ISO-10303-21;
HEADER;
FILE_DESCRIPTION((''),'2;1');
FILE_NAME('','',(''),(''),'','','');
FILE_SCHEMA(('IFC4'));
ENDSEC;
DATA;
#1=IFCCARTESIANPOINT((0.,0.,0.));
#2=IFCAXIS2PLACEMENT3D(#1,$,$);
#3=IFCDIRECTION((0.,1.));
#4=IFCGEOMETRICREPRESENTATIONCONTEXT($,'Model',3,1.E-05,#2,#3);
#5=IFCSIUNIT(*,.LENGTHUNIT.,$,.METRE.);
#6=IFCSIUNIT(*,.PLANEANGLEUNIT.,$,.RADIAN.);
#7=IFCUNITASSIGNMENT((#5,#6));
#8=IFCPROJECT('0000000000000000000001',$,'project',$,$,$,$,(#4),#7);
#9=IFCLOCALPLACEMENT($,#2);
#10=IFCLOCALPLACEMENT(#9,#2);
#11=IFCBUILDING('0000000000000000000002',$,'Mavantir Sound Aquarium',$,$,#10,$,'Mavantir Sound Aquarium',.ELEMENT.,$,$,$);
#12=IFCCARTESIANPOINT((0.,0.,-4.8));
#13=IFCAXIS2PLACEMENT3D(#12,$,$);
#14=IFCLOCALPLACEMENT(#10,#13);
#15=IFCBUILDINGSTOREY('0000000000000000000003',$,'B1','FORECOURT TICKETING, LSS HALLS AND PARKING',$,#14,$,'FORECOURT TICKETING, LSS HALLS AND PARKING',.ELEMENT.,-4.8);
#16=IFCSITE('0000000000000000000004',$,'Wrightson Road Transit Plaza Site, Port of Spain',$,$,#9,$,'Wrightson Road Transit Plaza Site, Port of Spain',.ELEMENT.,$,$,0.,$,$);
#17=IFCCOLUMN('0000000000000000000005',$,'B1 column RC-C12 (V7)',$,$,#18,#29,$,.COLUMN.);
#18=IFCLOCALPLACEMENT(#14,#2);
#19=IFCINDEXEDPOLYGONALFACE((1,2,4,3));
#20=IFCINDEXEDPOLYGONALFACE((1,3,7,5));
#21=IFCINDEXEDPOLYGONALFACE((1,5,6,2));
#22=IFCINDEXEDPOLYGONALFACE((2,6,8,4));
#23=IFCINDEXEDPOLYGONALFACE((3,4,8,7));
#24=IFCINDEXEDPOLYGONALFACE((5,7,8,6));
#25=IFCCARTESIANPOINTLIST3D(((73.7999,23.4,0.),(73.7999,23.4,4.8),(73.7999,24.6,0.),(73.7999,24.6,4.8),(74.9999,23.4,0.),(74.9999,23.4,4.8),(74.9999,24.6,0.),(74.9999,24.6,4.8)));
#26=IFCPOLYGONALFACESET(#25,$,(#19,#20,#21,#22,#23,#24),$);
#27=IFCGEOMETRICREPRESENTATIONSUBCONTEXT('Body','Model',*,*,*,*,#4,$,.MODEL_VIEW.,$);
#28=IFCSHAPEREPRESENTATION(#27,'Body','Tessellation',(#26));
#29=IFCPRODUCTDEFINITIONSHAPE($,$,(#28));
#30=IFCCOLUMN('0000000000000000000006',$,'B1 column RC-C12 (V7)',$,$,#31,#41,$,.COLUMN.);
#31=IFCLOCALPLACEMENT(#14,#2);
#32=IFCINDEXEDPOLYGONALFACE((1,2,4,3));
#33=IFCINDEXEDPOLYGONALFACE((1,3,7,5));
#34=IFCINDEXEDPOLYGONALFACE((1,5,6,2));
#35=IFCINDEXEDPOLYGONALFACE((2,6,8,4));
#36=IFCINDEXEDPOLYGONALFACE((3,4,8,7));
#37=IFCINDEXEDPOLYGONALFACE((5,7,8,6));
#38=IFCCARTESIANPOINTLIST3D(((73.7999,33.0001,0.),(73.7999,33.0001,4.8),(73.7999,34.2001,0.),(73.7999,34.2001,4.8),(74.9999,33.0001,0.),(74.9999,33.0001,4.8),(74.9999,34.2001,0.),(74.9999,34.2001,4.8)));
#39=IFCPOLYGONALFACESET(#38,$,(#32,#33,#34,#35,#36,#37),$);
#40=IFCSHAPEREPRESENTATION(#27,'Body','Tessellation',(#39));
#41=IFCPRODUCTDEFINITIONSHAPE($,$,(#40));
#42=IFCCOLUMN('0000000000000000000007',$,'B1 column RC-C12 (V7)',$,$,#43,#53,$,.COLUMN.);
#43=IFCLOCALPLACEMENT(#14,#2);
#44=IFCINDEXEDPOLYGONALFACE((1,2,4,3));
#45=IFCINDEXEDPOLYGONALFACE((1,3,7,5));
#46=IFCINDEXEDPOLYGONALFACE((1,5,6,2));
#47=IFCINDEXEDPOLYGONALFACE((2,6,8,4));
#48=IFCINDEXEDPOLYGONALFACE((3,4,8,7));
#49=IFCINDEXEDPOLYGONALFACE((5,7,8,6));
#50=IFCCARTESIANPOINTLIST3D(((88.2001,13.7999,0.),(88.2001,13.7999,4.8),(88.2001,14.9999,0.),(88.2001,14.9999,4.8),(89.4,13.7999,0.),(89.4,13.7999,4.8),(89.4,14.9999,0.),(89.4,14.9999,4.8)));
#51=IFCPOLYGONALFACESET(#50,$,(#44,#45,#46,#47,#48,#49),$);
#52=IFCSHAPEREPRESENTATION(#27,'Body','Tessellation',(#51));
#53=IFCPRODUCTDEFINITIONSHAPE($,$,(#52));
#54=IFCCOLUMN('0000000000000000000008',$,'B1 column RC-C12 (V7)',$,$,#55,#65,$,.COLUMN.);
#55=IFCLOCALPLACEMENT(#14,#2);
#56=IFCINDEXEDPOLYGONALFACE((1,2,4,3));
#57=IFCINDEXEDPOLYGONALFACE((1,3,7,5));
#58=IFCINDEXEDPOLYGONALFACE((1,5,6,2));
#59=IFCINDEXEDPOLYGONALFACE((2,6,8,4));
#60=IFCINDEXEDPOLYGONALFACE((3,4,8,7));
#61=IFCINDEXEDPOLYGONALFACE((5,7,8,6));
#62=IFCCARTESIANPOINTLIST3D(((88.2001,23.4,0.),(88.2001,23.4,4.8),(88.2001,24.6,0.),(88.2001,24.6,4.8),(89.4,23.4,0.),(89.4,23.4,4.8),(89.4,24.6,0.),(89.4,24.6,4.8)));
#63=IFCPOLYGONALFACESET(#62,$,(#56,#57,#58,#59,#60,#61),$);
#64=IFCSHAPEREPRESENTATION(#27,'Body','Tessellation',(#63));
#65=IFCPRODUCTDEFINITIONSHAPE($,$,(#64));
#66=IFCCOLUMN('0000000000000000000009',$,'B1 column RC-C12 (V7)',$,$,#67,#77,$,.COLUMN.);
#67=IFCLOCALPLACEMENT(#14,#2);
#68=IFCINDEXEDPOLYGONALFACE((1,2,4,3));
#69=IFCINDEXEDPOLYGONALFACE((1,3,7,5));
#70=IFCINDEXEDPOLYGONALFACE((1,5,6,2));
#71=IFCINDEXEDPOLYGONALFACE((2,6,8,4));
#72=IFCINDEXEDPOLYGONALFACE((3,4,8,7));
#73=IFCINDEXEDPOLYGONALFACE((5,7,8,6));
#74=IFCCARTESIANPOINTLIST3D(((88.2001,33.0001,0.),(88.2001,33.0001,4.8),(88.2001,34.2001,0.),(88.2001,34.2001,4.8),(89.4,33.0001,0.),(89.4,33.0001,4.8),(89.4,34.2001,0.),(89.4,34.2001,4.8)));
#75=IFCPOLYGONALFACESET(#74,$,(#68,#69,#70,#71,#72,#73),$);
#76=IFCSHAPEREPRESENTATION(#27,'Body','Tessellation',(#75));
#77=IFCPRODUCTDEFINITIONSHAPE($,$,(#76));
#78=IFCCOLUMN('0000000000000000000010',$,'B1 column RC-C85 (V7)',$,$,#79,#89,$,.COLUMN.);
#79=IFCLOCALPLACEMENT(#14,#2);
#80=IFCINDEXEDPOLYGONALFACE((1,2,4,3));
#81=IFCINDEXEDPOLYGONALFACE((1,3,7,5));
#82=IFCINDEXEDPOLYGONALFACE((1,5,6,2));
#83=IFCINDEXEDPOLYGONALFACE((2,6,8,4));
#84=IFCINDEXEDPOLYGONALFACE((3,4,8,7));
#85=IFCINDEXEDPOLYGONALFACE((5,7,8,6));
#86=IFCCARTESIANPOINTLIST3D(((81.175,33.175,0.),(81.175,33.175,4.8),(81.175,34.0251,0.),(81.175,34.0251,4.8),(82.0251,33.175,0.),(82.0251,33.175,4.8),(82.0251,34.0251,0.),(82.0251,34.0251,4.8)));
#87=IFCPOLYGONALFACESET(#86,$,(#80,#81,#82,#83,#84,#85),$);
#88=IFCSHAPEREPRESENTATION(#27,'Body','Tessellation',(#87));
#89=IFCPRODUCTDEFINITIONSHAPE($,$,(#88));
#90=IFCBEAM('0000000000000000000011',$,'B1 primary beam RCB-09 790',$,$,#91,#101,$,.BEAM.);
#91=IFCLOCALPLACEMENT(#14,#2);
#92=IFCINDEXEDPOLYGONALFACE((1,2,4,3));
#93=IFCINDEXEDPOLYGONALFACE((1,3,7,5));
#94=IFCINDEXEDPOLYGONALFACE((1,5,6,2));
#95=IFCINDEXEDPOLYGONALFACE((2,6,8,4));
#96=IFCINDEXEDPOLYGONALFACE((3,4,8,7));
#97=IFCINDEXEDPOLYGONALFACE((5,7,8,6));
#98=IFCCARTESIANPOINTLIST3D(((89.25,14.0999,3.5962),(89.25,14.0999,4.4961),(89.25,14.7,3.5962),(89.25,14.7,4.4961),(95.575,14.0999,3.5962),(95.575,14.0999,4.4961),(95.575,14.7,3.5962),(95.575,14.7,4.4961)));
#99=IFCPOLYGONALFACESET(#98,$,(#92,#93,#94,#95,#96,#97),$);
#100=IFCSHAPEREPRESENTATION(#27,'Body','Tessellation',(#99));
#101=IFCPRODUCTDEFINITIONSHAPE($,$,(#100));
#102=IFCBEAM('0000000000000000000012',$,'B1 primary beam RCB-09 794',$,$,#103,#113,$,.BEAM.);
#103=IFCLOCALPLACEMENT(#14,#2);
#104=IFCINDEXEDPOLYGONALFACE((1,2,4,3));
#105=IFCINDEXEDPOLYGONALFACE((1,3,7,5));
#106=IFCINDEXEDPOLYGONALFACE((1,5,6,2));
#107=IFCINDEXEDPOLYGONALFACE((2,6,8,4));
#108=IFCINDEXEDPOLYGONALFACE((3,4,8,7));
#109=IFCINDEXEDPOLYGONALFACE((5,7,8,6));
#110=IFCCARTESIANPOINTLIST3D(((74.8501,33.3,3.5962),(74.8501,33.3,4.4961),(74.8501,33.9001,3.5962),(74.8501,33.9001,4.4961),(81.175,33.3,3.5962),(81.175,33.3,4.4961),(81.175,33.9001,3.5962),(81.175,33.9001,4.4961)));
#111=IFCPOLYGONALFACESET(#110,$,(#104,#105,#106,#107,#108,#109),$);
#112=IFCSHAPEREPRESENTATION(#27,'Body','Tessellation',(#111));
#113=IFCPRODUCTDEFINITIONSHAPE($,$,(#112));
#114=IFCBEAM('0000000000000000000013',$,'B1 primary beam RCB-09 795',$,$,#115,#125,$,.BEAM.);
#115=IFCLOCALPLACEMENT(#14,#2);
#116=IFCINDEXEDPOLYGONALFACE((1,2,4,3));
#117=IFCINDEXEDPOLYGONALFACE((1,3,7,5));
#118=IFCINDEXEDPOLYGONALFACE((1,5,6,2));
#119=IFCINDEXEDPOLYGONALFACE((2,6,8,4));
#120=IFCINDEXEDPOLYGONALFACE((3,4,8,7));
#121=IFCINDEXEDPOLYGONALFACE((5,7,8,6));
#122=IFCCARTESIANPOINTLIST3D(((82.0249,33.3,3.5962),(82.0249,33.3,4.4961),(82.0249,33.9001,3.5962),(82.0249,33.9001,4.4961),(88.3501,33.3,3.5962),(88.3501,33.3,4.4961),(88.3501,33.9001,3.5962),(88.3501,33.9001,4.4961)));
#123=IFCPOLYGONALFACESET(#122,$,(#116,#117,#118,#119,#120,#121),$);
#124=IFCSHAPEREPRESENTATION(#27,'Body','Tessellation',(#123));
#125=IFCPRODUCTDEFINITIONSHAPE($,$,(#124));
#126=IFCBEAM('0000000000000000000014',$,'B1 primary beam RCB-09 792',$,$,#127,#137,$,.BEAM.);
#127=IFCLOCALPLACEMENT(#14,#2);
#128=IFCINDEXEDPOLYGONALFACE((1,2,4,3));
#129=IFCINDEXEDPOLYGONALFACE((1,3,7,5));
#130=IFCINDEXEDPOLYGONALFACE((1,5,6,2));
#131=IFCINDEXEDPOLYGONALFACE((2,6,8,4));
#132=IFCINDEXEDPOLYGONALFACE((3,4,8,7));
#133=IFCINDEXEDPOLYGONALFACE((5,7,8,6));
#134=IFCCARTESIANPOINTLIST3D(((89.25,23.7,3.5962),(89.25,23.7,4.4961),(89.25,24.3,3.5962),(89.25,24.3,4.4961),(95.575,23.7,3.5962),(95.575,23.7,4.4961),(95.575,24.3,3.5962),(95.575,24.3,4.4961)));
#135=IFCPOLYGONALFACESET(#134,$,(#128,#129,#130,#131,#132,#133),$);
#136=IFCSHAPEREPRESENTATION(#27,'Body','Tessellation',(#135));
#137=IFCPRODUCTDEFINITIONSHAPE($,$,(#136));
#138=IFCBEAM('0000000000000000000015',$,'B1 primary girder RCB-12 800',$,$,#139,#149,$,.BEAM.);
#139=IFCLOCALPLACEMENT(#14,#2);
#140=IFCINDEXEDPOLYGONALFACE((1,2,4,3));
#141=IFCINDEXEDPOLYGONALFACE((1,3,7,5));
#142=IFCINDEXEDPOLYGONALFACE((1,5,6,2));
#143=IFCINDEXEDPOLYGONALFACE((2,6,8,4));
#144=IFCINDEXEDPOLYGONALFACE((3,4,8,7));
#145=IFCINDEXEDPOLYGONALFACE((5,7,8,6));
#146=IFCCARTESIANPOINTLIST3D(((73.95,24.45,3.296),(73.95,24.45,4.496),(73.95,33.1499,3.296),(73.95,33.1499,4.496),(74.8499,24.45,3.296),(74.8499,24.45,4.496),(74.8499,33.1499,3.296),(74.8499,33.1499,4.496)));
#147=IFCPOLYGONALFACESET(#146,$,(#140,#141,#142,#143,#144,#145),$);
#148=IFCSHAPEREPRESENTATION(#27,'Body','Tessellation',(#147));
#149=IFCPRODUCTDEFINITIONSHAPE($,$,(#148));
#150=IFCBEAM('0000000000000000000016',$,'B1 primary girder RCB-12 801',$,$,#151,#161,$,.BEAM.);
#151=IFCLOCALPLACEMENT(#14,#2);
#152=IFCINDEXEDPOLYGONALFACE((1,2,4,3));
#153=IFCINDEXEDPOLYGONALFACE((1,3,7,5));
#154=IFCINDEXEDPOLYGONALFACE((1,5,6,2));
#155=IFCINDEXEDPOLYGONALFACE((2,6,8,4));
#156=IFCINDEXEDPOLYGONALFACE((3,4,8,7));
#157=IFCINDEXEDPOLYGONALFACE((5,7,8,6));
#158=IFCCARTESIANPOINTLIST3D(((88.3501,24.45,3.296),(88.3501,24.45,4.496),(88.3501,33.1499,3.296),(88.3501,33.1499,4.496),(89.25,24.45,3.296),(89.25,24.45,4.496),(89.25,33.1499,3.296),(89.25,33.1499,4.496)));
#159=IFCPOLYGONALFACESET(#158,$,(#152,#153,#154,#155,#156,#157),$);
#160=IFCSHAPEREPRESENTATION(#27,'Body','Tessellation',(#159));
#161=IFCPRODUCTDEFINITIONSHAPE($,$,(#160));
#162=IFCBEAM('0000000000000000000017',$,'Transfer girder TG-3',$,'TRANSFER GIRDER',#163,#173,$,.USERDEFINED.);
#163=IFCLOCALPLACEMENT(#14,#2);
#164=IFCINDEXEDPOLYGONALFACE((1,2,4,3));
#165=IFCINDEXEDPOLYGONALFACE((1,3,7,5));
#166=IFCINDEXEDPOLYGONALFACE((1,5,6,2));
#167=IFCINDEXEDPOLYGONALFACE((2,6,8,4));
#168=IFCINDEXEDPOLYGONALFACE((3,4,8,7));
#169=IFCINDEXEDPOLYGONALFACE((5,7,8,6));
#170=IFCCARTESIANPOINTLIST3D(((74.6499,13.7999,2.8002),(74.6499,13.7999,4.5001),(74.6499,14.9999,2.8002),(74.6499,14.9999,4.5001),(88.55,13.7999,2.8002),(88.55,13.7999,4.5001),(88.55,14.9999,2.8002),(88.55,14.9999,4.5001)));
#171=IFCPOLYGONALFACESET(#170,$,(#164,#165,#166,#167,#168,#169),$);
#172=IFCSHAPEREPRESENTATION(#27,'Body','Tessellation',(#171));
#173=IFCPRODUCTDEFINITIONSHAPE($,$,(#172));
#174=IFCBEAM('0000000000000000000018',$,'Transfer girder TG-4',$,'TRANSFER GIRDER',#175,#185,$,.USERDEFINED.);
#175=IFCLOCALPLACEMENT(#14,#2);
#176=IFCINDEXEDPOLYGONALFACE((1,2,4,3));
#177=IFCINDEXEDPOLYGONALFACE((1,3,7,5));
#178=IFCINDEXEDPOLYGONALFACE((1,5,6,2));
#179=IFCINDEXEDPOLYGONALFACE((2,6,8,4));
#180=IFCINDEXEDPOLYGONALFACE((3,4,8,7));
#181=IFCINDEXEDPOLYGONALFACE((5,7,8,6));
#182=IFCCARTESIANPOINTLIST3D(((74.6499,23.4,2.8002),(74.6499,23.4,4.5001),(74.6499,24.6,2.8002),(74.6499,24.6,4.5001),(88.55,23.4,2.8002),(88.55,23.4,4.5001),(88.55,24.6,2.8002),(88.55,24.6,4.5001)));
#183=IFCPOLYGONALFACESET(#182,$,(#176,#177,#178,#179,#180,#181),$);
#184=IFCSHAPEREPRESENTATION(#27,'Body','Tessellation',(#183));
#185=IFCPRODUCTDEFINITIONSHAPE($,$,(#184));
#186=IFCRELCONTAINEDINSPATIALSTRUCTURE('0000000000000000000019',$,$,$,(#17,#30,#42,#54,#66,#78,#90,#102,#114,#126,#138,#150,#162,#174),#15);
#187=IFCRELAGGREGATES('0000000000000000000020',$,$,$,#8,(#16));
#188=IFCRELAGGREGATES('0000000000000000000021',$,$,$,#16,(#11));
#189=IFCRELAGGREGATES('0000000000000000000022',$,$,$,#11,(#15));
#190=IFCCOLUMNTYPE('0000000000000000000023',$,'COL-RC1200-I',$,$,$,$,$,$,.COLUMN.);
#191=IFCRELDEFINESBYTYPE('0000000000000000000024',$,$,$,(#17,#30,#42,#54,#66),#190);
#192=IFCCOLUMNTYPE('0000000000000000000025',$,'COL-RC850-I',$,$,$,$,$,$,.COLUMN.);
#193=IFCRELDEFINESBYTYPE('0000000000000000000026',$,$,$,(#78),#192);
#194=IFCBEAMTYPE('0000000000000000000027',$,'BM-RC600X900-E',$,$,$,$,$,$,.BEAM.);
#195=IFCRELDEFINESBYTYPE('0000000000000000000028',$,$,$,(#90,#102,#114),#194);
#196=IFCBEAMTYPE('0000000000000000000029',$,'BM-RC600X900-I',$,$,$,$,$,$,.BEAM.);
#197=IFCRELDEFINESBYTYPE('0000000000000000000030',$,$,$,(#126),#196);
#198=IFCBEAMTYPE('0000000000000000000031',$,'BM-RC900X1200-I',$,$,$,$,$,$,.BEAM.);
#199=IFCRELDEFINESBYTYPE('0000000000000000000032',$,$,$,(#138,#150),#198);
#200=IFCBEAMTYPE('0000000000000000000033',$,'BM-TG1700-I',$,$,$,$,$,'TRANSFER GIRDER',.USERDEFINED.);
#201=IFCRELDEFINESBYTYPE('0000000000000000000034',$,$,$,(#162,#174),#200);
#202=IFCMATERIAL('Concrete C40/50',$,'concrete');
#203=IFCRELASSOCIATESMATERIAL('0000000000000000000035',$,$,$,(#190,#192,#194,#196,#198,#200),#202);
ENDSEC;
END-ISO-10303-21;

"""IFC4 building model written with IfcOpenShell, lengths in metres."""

from ifc_helpers import new_model, si_unit, direction, frame, origin, origin_2d, place, context, subcontext, project, spatial, rectangle, extrude, material, material_profile, profile_set, type_object, element, save


model = new_model("IFC4")

# Units and contexts
model_context = context("Model", 3, precision=1e-05, world=origin(), true_north=direction((0.0, 1.0)))
body_context = subcontext(model_context, "Body", "Model", "MODEL_VIEW")
ifc_project = project(units=[si_unit("LENGTHUNIT", "METRE"), si_unit("PLANEANGLEUNIT", "RADIAN")], contexts=[model_context])

# Site, building, storey
site_placement = place(None, origin())
site = spatial("IfcSite", under=ifc_project, at=site_placement, Name="Wrightson Road Transit Plaza Site, Port of Spain", LongName="Wrightson Road Transit Plaza Site, Port of Spain", CompositionType="ELEMENT", RefElevation=0.0)
building_placement = place(site_placement, origin())
building = spatial("IfcBuilding", under=site, at=building_placement, Name="Mavantir Sound Aquarium", LongName="Mavantir Sound Aquarium", CompositionType="ELEMENT")
storey_placement = place(building_placement, frame((0.0, 0.0, -4.8)))
storey = spatial("IfcBuildingStorey", under=building, at=storey_placement, Name="B1", Description="FORECOURT TICKETING, LSS HALLS AND PARKING", LongName="FORECOURT TICKETING, LSS HALLS AND PARKING", CompositionType="ELEMENT", Elevation=-4.8)

# Columns
ifc_material_1 = material(Name="Concrete C40/50", Category="concrete")
ifc_material_profile_1 = material_profile(ifc_material_1, rectangle(XDim=1.2, YDim=1.2, at=origin_2d()), Name="RC 1200X1200")
ifc_profile_set_1 = profile_set([ifc_material_profile_1], Name="Concrete C40/50")
column_type_1 = type_object("IfcColumnType", Name="COL-RC1200-I", PredefinedType="COLUMN", material=ifc_profile_set_1)
for number, where, z_axis, x_axis, name in (
    (1, (74.3999, 24.0, 0.0), (0.0, 0.0, 1.0), (1.0, 0.0, 0.0), "B1 column RC-C12 (V7)"),
    (2, (74.3999, 33.6001, 0.0), (0.0, 0.0, 1.0), (1.0, 0.0, 0.0), "B1 column RC-C12 (V7)"),
    (3, (88.8, 14.3999, 0.0), (0.0, 0.0, 1.0), (1.0, 0.0, 0.0), "B1 column RC-C12 (V7)"),
    (4, (88.8, 24.0, 0.0), (0.0, 0.0, 1.0), (1.0, 0.0, 0.0), "B1 column RC-C12 (V7)"),
    (5, (88.8, 33.6001, 0.0), (0.0, 0.0, 1.0), (1.0, 0.0, 0.0), "B1 column RC-C12 (V7)"),
):
    element("IfcColumn", number, at=place(storey_placement, frame(where, z_axis=z_axis, x_axis=x_axis)), inside=storey, type_object=column_type_1, Name=name, PredefinedType="COLUMN", context=body_context, shape_type="SweptSolid", body=[
        extrude(rectangle(XDim=1.2, YDim=1.2, at=origin_2d()), origin(), (0.0, 0.0, 1.0), 4.8),
    ])
ifc_material_profile_2 = material_profile(ifc_material_1, rectangle(XDim=0.8501, YDim=0.8501, at=origin_2d()), Name="RC 850X850")
ifc_profile_set_2 = profile_set([ifc_material_profile_2], Name="Concrete C40/50")
column_type_2 = type_object("IfcColumnType", Name="COL-RC850-I", PredefinedType="COLUMN", material=ifc_profile_set_2)
column_placement = place(storey_placement, frame((81.6001, 33.6001, 0.0), z_axis=(0.0, 0.0, 1.0), x_axis=(1.0, 0.0, 0.0)))
element("IfcColumn", 6, at=column_placement, inside=storey, type_object=column_type_2, Name="B1 column RC-C85 (V7)", PredefinedType="COLUMN", context=body_context, shape_type="SweptSolid", body=[
    extrude(rectangle(XDim=0.8501, YDim=0.8501, at=origin_2d()), origin(), (0.0, 0.0, 1.0), 4.8),
])

# Beams
ifc_material_profile_3 = material_profile(ifc_material_1, rectangle(XDim=0.6001, YDim=0.8999, at=origin_2d()), Name="RC 600X900")
ifc_profile_set_3 = profile_set([ifc_material_profile_3], Name="Concrete C40/50")
beam_type_1 = type_object("IfcBeamType", Name="BM-RC600X900-E", PredefinedType="BEAM", material=ifc_profile_set_3)
for number, where, z_axis, x_axis, name in (
    (7, (89.25, 14.3999, 4.0461), (1.0, 0.0, 0.0), (0.0, 1.0, 0.0), "B1 primary beam RCB-09 790"),
    (8, (74.8501, 33.6001, 4.0461), (1.0, 0.0, 0.0), (0.0, 1.0, 0.0), "B1 primary beam RCB-09 794"),
):
    element("IfcBeam", number, at=place(storey_placement, frame(where, z_axis=z_axis, x_axis=x_axis)), inside=storey, type_object=beam_type_1, Name=name, PredefinedType="BEAM", context=body_context, shape_type="SweptSolid", body=[
        extrude(rectangle(XDim=0.6001, YDim=0.8999, at=origin_2d()), origin(), (0.0, 0.0, 1.0), 6.325),
    ])
beam_1_placement = place(storey_placement, frame((82.0249, 33.6001, 4.0461), z_axis=(1.0, 0.0, 0.0), x_axis=(0.0, 1.0, 0.0)))
element("IfcBeam", 9, at=beam_1_placement, inside=storey, type_object=beam_type_1, Name="B1 primary beam RCB-09 795", PredefinedType="BEAM", context=body_context, shape_type="SweptSolid", body=[
    extrude(rectangle(XDim=0.6001, YDim=0.8999, at=origin_2d()), origin(), (0.0, 0.0, 1.0), 6.3252),
])
ifc_material_profile_4 = material_profile(ifc_material_1, rectangle(XDim=0.6001, YDim=0.8999, at=origin_2d()), Name="RC 600X900")
ifc_profile_set_4 = profile_set([ifc_material_profile_4], Name="Concrete C40/50")
beam_type_2 = type_object("IfcBeamType", Name="BM-RC600X900-I", PredefinedType="BEAM", material=ifc_profile_set_4)
beam_2_placement = place(storey_placement, frame((89.25, 24.0, 4.0461), z_axis=(1.0, 0.0, 0.0), x_axis=(0.0, 1.0, 0.0)))
element("IfcBeam", 10, at=beam_2_placement, inside=storey, type_object=beam_type_2, Name="B1 primary beam RCB-09 792", PredefinedType="BEAM", context=body_context, shape_type="SweptSolid", body=[
    extrude(rectangle(XDim=0.6001, YDim=0.8999, at=origin_2d()), origin(), (0.0, 0.0, 1.0), 6.325),
])
ifc_material_profile_5 = material_profile(ifc_material_1, rectangle(XDim=0.8999, YDim=1.2, at=origin_2d()), Name="RC 900X1200")
ifc_profile_set_5 = profile_set([ifc_material_profile_5], Name="Concrete C40/50")
beam_type_3 = type_object("IfcBeamType", Name="BM-RC900X1200-I", PredefinedType="BEAM", material=ifc_profile_set_5)
for number, where, z_axis, x_axis, name in (
    (11, (74.3999, 24.45, 3.896), (0.0, 1.0, 0.0), (-1.0, 0.0, 0.0), "B1 primary girder RCB-12 800"),
    (12, (88.8, 24.45, 3.896), (0.0, 1.0, 0.0), (-1.0, 0.0, 0.0), "B1 primary girder RCB-12 801"),
):
    element("IfcBeam", number, at=place(storey_placement, frame(where, z_axis=z_axis, x_axis=x_axis)), inside=storey, type_object=beam_type_3, Name=name, PredefinedType="BEAM", context=body_context, shape_type="SweptSolid", body=[
        extrude(rectangle(XDim=0.8999, YDim=1.2, at=origin_2d()), origin(), (0.0, 0.0, 1.0), 8.7),
    ])
ifc_material_profile_6 = material_profile(ifc_material_1, rectangle(XDim=1.2, YDim=1.7, at=origin_2d()), Name="RC 1200X1700")
ifc_profile_set_6 = profile_set([ifc_material_profile_6], Name="Concrete C40/50")
beam_type_4 = type_object("IfcBeamType", Name="BM-TG1700-I", ElementType="TRANSFER GIRDER", PredefinedType="USERDEFINED", material=ifc_profile_set_6)
for number, where, z_axis, x_axis, name in (
    (13, (74.6499, 14.3999, 3.6501), (1.0, 0.0, 0.0), (0.0, 1.0, 0.0), "Transfer girder TG-3"),
    (14, (74.6499, 24.0, 3.6501), (1.0, 0.0, 0.0), (0.0, 1.0, 0.0), "Transfer girder TG-4"),
):
    element("IfcBeam", number, at=place(storey_placement, frame(where, z_axis=z_axis, x_axis=x_axis)), inside=storey, type_object=beam_type_4, Name=name, ObjectType="TRANSFER GIRDER", PredefinedType="USERDEFINED", context=body_context, shape_type="SweptSolid", body=[
        extrude(rectangle(XDim=1.2, YDim=1.7, at=origin_2d()), origin(), (0.0, 0.0, 1.0), 13.9001),
    ])

save(model, "model.ifc")
